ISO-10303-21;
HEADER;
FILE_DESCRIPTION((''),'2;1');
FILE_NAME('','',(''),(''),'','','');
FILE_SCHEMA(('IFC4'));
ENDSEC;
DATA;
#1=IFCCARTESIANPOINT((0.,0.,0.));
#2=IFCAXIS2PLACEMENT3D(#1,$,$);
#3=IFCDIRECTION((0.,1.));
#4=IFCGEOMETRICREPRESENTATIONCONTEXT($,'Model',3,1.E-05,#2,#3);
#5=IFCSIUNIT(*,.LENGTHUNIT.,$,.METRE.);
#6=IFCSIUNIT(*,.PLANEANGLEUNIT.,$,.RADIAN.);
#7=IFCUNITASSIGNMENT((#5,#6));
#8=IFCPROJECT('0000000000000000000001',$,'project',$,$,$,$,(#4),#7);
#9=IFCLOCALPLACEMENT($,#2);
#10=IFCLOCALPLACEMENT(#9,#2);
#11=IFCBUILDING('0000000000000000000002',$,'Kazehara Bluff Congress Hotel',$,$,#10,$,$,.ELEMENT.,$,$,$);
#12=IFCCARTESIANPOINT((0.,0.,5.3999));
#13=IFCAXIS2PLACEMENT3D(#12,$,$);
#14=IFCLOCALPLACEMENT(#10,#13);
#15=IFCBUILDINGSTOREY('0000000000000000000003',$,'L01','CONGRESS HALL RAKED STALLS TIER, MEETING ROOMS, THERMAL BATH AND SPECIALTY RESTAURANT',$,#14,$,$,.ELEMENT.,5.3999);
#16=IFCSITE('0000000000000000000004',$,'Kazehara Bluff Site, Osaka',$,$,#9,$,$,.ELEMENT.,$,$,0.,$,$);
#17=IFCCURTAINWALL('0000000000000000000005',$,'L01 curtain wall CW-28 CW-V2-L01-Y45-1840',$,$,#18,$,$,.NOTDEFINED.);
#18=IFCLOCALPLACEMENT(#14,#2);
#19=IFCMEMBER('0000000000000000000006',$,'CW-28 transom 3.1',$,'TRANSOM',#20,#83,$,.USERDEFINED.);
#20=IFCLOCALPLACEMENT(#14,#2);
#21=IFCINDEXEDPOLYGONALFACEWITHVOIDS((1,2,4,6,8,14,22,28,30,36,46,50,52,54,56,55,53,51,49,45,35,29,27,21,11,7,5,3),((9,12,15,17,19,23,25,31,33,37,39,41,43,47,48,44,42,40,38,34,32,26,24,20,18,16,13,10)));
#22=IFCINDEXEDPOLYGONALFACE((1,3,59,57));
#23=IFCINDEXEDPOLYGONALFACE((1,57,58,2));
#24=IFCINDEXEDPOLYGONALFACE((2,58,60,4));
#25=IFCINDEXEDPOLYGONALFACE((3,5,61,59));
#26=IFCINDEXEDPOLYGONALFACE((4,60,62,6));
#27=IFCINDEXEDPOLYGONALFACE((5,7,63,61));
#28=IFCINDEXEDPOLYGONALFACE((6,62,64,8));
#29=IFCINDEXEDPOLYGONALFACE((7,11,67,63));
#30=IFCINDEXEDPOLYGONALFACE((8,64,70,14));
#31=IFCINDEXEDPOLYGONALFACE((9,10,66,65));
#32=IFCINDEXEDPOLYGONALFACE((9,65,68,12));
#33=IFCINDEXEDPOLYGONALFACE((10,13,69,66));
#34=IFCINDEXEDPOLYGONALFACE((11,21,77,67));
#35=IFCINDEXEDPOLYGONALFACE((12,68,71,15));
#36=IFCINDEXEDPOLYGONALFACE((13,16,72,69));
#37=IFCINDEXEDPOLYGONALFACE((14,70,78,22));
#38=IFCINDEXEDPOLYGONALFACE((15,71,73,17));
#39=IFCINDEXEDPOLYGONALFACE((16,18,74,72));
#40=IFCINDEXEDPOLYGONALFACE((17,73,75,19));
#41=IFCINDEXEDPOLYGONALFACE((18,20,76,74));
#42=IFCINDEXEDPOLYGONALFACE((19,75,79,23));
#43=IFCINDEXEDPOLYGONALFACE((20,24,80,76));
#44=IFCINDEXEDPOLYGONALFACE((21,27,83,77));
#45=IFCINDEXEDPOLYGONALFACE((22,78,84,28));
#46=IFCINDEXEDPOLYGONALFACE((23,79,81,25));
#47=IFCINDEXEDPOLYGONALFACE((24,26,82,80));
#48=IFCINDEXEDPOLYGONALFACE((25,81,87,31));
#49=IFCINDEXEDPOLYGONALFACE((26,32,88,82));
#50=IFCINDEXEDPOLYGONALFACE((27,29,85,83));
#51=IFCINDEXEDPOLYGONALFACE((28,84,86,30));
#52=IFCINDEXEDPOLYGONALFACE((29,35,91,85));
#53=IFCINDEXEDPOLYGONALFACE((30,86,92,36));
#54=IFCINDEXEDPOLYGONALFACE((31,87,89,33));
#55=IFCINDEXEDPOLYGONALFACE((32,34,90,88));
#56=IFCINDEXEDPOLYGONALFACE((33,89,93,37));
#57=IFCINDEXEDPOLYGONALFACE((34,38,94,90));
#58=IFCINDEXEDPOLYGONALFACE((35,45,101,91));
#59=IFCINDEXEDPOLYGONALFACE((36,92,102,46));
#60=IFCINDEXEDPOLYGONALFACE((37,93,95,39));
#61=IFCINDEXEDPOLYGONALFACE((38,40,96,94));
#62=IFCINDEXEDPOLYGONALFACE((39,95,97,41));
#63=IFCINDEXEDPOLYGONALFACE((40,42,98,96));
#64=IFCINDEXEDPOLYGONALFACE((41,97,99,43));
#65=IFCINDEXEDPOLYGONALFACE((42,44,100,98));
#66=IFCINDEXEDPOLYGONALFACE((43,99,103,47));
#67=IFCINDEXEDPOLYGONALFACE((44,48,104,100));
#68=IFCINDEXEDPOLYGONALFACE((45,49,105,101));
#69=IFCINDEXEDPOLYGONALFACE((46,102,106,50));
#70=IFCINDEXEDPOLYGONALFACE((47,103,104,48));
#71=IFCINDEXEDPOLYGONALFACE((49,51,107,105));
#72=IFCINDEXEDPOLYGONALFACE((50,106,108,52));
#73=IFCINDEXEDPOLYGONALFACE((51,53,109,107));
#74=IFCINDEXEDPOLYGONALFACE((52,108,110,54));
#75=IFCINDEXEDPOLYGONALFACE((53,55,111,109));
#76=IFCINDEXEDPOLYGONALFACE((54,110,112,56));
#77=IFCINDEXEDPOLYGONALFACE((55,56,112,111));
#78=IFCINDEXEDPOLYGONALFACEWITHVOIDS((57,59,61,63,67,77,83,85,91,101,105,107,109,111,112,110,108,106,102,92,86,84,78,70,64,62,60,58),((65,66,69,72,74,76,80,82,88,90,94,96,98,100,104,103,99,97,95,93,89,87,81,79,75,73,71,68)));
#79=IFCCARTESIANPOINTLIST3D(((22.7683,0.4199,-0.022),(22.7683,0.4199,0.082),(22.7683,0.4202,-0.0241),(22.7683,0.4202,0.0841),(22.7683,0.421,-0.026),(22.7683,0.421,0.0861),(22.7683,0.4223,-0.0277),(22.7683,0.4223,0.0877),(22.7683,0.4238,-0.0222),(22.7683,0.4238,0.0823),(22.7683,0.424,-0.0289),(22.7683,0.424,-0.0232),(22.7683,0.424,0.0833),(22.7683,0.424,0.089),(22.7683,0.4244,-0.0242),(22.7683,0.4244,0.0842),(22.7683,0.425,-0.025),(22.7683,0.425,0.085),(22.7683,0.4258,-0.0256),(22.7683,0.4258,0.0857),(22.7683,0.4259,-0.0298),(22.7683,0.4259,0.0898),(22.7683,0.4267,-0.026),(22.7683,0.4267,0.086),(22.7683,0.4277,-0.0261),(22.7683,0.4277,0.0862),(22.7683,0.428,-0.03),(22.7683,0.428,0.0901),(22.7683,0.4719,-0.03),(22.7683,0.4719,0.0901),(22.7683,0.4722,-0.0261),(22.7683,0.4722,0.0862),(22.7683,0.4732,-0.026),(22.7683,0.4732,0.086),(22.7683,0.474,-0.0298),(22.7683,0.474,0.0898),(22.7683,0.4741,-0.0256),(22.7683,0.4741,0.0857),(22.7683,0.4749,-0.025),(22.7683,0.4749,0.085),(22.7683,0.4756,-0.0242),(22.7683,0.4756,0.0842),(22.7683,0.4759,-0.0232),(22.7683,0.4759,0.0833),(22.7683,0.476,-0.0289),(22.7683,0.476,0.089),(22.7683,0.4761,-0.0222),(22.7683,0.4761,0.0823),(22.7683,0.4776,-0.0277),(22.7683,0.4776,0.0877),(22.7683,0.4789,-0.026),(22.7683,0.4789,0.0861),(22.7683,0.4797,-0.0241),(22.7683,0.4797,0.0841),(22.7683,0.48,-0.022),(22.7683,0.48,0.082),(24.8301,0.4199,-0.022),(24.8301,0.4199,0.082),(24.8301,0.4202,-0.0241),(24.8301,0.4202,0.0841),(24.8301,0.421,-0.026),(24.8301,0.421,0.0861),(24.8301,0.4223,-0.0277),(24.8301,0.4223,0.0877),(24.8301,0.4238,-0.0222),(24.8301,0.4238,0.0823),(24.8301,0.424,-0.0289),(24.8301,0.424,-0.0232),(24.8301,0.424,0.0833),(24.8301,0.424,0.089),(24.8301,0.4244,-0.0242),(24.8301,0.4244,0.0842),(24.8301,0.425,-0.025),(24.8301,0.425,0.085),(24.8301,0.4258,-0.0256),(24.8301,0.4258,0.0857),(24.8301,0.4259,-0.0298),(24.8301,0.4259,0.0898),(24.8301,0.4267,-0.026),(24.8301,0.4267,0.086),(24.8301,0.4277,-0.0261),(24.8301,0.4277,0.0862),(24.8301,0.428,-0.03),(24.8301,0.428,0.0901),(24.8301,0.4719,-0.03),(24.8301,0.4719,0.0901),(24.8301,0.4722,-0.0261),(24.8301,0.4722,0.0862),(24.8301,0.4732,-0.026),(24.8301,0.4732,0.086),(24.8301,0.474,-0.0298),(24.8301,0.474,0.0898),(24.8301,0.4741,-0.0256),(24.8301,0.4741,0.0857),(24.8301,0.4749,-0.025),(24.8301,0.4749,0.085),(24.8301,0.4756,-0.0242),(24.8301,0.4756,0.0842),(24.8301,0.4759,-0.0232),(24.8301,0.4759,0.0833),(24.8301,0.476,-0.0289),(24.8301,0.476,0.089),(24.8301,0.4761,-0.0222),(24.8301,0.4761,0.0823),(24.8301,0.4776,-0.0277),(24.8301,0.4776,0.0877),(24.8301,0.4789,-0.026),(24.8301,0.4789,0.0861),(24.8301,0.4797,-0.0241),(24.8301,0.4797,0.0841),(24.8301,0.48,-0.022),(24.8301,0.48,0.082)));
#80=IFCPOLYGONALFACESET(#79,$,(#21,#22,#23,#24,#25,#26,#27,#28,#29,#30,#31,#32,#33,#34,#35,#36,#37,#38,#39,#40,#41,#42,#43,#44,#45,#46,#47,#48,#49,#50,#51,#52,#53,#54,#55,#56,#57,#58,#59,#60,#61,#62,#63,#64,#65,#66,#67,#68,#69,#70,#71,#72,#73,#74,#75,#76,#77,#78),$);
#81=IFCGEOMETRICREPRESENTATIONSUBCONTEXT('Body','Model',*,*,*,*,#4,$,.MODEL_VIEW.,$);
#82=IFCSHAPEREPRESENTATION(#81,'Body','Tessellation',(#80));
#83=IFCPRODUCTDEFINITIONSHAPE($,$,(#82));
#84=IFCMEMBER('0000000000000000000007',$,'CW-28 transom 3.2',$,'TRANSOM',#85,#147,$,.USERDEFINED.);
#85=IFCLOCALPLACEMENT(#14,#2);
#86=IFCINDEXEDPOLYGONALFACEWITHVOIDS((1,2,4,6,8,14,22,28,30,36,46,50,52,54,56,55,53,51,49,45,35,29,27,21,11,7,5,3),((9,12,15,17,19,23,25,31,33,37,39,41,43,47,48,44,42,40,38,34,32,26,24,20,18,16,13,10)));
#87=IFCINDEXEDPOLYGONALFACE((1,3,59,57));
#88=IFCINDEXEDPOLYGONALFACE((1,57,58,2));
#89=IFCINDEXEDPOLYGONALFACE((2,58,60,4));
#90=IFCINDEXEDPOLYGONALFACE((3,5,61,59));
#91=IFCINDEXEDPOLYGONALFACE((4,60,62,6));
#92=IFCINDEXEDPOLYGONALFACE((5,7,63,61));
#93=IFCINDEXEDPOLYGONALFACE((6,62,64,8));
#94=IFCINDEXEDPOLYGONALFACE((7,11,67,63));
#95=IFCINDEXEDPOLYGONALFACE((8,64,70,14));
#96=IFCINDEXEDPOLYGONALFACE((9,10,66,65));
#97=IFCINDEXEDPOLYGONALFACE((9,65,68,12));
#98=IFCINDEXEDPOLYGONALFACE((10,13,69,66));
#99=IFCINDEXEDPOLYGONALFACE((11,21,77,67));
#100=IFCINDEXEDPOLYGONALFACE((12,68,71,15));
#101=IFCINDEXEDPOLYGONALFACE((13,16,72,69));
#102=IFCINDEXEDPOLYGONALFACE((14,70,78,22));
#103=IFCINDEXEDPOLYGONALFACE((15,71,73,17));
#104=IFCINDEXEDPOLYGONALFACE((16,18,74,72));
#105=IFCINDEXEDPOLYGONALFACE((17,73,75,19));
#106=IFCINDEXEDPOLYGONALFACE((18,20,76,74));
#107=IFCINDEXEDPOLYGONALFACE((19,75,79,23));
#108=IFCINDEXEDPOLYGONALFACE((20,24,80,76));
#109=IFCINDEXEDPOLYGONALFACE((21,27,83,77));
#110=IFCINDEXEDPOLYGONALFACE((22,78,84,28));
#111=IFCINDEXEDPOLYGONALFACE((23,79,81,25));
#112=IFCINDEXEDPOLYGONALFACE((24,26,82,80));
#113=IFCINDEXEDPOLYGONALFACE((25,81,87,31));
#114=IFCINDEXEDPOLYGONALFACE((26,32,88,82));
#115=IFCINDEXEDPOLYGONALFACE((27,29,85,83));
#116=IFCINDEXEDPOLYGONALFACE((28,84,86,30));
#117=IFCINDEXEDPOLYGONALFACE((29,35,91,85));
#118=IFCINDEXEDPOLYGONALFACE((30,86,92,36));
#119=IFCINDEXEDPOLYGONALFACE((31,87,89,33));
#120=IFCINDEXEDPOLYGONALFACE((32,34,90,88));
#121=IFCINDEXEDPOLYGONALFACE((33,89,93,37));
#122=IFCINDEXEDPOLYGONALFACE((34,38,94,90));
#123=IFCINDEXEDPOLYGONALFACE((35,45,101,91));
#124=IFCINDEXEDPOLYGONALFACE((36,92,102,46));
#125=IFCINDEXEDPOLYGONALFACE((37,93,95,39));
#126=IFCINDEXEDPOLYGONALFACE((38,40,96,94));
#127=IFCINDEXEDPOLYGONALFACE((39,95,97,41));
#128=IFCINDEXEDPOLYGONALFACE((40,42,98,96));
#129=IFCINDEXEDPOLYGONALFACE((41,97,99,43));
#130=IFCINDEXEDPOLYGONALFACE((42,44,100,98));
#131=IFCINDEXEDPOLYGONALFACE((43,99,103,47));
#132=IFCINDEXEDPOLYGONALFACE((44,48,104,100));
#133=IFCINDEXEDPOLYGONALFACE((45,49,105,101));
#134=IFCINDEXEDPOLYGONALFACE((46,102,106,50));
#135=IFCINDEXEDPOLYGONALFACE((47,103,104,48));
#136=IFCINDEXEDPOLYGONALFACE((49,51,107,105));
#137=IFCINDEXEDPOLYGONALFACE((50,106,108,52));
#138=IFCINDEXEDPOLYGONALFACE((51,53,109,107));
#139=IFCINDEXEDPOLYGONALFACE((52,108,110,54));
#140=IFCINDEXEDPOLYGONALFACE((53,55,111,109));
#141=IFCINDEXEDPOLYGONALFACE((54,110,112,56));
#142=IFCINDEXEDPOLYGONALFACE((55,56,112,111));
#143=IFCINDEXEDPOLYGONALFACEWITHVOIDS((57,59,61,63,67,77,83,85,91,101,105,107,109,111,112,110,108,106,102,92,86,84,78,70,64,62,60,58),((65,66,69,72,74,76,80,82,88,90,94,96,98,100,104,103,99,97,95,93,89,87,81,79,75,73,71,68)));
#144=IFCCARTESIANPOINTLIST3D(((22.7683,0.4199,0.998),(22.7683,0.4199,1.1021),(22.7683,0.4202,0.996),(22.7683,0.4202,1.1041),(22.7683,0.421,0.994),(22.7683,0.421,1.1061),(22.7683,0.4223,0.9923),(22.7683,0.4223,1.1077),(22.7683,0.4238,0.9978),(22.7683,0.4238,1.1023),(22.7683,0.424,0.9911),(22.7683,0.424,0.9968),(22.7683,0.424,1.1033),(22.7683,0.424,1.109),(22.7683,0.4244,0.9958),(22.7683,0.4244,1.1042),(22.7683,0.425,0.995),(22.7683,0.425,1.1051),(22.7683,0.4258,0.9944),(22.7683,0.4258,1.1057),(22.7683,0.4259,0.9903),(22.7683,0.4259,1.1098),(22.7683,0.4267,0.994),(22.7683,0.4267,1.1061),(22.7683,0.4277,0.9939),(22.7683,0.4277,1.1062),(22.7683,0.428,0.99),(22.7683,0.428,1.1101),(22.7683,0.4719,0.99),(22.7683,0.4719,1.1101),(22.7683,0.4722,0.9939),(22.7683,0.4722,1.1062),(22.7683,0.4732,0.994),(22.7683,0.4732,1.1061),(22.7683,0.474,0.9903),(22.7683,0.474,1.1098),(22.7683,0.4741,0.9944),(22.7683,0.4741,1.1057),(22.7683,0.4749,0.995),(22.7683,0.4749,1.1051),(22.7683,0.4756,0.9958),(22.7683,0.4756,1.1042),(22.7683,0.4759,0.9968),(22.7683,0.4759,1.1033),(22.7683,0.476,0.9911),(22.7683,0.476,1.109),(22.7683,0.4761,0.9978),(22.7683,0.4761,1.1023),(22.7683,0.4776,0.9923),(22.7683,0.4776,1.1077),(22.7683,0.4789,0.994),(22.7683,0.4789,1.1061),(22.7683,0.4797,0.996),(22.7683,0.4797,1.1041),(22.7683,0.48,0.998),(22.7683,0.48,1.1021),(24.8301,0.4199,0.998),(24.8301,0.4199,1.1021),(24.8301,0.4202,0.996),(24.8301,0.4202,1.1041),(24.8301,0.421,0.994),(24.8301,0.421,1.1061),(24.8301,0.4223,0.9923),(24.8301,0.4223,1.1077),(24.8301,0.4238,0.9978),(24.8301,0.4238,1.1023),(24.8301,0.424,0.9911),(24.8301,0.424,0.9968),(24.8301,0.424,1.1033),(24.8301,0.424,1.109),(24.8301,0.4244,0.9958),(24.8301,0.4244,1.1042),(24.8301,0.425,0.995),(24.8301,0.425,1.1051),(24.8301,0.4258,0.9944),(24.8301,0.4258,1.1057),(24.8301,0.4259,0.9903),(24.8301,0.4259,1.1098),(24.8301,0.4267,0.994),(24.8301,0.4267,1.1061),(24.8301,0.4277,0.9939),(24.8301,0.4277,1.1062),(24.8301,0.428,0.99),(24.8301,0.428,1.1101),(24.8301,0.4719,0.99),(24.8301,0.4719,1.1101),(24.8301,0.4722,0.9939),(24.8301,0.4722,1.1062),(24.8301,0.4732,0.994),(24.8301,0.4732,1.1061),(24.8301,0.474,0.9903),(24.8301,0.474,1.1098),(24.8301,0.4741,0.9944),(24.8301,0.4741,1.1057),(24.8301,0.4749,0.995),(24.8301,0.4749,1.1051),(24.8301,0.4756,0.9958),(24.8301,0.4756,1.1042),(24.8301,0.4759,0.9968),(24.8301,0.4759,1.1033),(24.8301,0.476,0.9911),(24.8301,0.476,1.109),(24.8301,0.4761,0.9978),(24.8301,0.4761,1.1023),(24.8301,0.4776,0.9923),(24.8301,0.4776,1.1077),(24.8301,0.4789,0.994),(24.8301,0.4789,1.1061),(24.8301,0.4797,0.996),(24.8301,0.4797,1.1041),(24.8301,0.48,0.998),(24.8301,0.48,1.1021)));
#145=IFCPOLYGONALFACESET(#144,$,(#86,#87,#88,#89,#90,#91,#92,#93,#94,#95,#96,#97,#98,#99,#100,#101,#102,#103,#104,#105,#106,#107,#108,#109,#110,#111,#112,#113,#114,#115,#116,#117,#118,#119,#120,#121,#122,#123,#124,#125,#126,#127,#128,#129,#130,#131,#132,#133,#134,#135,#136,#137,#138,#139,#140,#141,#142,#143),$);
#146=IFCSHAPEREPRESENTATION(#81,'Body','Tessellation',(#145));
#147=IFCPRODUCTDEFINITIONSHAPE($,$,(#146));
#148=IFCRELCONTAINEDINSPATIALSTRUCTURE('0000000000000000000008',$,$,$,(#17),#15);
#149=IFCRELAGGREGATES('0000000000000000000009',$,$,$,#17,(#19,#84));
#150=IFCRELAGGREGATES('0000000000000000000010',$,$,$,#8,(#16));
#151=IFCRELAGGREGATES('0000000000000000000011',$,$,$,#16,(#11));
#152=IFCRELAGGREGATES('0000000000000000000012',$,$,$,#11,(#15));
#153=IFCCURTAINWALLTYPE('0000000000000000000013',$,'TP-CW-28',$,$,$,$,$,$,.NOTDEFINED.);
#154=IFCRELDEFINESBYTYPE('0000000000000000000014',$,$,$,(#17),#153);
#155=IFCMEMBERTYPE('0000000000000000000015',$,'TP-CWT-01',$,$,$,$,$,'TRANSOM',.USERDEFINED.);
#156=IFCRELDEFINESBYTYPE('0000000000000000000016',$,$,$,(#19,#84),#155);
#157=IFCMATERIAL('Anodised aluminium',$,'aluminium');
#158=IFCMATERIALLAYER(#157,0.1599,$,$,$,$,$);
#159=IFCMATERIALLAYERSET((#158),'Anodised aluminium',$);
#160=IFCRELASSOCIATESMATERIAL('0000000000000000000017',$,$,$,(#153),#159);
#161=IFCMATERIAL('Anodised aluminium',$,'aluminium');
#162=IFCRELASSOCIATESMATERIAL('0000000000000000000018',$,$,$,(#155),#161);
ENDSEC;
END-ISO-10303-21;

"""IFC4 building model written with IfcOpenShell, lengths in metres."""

from ifc_helpers import new_model, si_unit, direction, frame, origin, origin_2d, place, context, subcontext, project, spatial, hollow_rectangle, extrude, material, layer, layer_set, material_profile, profile_set, type_object, element, aggregate, save


model = new_model("IFC4")

# Units and contexts
model_context = context("Model", 3, precision=1e-05, world=origin(), true_north=direction((0.0, 1.0)))
body_context = subcontext(model_context, "Body", "Model", "MODEL_VIEW")
ifc_project = project(units=[si_unit("LENGTHUNIT", "METRE"), si_unit("PLANEANGLEUNIT", "RADIAN")], contexts=[model_context])

# Site, building, storey
site_placement = place(None, origin())
site = spatial("IfcSite", under=ifc_project, at=site_placement, Name="Kazehara Bluff Site, Osaka", CompositionType="ELEMENT", RefElevation=0.0)
building_placement = place(site_placement, origin())
building = spatial("IfcBuilding", under=site, at=building_placement, Name="Kazehara Bluff Congress Hotel", CompositionType="ELEMENT")
storey_placement = place(building_placement, frame((0.0, 0.0, 5.3999)))
storey = spatial("IfcBuildingStorey", under=building, at=storey_placement, Name="L01", Description="CONGRESS HALL RAKED STALLS TIER, MEETING ROOMS, THERMAL BATH AND SPECIALTY RESTAURANT", CompositionType="ELEMENT", Elevation=5.3999)

# Curtain wall, members
ifc_material_1 = material(Name="Anodised aluminium", Category="aluminium")
ifc_layer_1 = layer(ifc_material_1, 0.1599)
ifc_layer_set_1 = layer_set([ifc_layer_1], Name="Anodised aluminium")
curtain_wall_type_1 = type_object("IfcCurtainWallType", Name="TP-CW-28", PredefinedType="NOTDEFINED", material=ifc_layer_set_1)
curtain_wall_1_placement = place(storey_placement, origin())
curtain_wall_1 = element("IfcCurtainWall", 1, at=curtain_wall_1_placement, inside=storey, type_object=curtain_wall_type_1, Name="L01 curtain wall CW-28 CW-V2-L01-Y45-1840", PredefinedType="NOTDEFINED")
ifc_material_2 = material(Name="Anodised aluminium", Category="aluminium")
ifc_material_profile_1 = material_profile(ifc_material_2, hollow_rectangle(XDim=0.0601, YDim=0.1201, WallThickness=0.0039, InnerFilletRadius=0.0039, OuterFilletRadius=0.0081, at=origin_2d()))
ifc_profile_set_1 = profile_set([ifc_material_profile_1], Name="Anodised aluminium")
member_type_1 = type_object("IfcMemberType", Name="TP-CWT-01", ElementType="TRANSOM", PredefinedType="USERDEFINED", material=ifc_profile_set_1)
member_1_placement = place(storey_placement, frame((22.7683, 0.45, 0.03), z_axis=(1.0, 0.0, 0.0), x_axis=(0.0, 1.0, 0.0)))
member_1 = element("IfcMember", 2, at=member_1_placement, type_object=member_type_1, Name="CW-28 transom 3.1", ObjectType="TRANSOM", PredefinedType="USERDEFINED", context=body_context, shape_type="SweptSolid", body=[
    extrude(hollow_rectangle(XDim=0.0601, YDim=0.1201, WallThickness=0.0039, InnerFilletRadius=0.0039, OuterFilletRadius=0.0081, at=origin_2d()), origin(), (0.0, 0.0, 1.0), 2.0618),
])
member_2_placement = place(storey_placement, frame((22.7683, 0.45, 1.05), z_axis=(1.0, 0.0, 0.0), x_axis=(0.0, 1.0, 0.0)))
member_2 = element("IfcMember", 3, at=member_2_placement, type_object=member_type_1, Name="CW-28 transom 3.2", ObjectType="TRANSOM", PredefinedType="USERDEFINED", context=body_context, shape_type="SweptSolid", body=[
    extrude(hollow_rectangle(XDim=0.0601, YDim=0.1201, WallThickness=0.0039, InnerFilletRadius=0.0039, OuterFilletRadius=0.0081, at=origin_2d()), origin(), (0.0, 0.0, 1.0), 2.0618),
])

aggregate(curtain_wall_1, [member_1, member_2])

save(model, "model.ifc")
